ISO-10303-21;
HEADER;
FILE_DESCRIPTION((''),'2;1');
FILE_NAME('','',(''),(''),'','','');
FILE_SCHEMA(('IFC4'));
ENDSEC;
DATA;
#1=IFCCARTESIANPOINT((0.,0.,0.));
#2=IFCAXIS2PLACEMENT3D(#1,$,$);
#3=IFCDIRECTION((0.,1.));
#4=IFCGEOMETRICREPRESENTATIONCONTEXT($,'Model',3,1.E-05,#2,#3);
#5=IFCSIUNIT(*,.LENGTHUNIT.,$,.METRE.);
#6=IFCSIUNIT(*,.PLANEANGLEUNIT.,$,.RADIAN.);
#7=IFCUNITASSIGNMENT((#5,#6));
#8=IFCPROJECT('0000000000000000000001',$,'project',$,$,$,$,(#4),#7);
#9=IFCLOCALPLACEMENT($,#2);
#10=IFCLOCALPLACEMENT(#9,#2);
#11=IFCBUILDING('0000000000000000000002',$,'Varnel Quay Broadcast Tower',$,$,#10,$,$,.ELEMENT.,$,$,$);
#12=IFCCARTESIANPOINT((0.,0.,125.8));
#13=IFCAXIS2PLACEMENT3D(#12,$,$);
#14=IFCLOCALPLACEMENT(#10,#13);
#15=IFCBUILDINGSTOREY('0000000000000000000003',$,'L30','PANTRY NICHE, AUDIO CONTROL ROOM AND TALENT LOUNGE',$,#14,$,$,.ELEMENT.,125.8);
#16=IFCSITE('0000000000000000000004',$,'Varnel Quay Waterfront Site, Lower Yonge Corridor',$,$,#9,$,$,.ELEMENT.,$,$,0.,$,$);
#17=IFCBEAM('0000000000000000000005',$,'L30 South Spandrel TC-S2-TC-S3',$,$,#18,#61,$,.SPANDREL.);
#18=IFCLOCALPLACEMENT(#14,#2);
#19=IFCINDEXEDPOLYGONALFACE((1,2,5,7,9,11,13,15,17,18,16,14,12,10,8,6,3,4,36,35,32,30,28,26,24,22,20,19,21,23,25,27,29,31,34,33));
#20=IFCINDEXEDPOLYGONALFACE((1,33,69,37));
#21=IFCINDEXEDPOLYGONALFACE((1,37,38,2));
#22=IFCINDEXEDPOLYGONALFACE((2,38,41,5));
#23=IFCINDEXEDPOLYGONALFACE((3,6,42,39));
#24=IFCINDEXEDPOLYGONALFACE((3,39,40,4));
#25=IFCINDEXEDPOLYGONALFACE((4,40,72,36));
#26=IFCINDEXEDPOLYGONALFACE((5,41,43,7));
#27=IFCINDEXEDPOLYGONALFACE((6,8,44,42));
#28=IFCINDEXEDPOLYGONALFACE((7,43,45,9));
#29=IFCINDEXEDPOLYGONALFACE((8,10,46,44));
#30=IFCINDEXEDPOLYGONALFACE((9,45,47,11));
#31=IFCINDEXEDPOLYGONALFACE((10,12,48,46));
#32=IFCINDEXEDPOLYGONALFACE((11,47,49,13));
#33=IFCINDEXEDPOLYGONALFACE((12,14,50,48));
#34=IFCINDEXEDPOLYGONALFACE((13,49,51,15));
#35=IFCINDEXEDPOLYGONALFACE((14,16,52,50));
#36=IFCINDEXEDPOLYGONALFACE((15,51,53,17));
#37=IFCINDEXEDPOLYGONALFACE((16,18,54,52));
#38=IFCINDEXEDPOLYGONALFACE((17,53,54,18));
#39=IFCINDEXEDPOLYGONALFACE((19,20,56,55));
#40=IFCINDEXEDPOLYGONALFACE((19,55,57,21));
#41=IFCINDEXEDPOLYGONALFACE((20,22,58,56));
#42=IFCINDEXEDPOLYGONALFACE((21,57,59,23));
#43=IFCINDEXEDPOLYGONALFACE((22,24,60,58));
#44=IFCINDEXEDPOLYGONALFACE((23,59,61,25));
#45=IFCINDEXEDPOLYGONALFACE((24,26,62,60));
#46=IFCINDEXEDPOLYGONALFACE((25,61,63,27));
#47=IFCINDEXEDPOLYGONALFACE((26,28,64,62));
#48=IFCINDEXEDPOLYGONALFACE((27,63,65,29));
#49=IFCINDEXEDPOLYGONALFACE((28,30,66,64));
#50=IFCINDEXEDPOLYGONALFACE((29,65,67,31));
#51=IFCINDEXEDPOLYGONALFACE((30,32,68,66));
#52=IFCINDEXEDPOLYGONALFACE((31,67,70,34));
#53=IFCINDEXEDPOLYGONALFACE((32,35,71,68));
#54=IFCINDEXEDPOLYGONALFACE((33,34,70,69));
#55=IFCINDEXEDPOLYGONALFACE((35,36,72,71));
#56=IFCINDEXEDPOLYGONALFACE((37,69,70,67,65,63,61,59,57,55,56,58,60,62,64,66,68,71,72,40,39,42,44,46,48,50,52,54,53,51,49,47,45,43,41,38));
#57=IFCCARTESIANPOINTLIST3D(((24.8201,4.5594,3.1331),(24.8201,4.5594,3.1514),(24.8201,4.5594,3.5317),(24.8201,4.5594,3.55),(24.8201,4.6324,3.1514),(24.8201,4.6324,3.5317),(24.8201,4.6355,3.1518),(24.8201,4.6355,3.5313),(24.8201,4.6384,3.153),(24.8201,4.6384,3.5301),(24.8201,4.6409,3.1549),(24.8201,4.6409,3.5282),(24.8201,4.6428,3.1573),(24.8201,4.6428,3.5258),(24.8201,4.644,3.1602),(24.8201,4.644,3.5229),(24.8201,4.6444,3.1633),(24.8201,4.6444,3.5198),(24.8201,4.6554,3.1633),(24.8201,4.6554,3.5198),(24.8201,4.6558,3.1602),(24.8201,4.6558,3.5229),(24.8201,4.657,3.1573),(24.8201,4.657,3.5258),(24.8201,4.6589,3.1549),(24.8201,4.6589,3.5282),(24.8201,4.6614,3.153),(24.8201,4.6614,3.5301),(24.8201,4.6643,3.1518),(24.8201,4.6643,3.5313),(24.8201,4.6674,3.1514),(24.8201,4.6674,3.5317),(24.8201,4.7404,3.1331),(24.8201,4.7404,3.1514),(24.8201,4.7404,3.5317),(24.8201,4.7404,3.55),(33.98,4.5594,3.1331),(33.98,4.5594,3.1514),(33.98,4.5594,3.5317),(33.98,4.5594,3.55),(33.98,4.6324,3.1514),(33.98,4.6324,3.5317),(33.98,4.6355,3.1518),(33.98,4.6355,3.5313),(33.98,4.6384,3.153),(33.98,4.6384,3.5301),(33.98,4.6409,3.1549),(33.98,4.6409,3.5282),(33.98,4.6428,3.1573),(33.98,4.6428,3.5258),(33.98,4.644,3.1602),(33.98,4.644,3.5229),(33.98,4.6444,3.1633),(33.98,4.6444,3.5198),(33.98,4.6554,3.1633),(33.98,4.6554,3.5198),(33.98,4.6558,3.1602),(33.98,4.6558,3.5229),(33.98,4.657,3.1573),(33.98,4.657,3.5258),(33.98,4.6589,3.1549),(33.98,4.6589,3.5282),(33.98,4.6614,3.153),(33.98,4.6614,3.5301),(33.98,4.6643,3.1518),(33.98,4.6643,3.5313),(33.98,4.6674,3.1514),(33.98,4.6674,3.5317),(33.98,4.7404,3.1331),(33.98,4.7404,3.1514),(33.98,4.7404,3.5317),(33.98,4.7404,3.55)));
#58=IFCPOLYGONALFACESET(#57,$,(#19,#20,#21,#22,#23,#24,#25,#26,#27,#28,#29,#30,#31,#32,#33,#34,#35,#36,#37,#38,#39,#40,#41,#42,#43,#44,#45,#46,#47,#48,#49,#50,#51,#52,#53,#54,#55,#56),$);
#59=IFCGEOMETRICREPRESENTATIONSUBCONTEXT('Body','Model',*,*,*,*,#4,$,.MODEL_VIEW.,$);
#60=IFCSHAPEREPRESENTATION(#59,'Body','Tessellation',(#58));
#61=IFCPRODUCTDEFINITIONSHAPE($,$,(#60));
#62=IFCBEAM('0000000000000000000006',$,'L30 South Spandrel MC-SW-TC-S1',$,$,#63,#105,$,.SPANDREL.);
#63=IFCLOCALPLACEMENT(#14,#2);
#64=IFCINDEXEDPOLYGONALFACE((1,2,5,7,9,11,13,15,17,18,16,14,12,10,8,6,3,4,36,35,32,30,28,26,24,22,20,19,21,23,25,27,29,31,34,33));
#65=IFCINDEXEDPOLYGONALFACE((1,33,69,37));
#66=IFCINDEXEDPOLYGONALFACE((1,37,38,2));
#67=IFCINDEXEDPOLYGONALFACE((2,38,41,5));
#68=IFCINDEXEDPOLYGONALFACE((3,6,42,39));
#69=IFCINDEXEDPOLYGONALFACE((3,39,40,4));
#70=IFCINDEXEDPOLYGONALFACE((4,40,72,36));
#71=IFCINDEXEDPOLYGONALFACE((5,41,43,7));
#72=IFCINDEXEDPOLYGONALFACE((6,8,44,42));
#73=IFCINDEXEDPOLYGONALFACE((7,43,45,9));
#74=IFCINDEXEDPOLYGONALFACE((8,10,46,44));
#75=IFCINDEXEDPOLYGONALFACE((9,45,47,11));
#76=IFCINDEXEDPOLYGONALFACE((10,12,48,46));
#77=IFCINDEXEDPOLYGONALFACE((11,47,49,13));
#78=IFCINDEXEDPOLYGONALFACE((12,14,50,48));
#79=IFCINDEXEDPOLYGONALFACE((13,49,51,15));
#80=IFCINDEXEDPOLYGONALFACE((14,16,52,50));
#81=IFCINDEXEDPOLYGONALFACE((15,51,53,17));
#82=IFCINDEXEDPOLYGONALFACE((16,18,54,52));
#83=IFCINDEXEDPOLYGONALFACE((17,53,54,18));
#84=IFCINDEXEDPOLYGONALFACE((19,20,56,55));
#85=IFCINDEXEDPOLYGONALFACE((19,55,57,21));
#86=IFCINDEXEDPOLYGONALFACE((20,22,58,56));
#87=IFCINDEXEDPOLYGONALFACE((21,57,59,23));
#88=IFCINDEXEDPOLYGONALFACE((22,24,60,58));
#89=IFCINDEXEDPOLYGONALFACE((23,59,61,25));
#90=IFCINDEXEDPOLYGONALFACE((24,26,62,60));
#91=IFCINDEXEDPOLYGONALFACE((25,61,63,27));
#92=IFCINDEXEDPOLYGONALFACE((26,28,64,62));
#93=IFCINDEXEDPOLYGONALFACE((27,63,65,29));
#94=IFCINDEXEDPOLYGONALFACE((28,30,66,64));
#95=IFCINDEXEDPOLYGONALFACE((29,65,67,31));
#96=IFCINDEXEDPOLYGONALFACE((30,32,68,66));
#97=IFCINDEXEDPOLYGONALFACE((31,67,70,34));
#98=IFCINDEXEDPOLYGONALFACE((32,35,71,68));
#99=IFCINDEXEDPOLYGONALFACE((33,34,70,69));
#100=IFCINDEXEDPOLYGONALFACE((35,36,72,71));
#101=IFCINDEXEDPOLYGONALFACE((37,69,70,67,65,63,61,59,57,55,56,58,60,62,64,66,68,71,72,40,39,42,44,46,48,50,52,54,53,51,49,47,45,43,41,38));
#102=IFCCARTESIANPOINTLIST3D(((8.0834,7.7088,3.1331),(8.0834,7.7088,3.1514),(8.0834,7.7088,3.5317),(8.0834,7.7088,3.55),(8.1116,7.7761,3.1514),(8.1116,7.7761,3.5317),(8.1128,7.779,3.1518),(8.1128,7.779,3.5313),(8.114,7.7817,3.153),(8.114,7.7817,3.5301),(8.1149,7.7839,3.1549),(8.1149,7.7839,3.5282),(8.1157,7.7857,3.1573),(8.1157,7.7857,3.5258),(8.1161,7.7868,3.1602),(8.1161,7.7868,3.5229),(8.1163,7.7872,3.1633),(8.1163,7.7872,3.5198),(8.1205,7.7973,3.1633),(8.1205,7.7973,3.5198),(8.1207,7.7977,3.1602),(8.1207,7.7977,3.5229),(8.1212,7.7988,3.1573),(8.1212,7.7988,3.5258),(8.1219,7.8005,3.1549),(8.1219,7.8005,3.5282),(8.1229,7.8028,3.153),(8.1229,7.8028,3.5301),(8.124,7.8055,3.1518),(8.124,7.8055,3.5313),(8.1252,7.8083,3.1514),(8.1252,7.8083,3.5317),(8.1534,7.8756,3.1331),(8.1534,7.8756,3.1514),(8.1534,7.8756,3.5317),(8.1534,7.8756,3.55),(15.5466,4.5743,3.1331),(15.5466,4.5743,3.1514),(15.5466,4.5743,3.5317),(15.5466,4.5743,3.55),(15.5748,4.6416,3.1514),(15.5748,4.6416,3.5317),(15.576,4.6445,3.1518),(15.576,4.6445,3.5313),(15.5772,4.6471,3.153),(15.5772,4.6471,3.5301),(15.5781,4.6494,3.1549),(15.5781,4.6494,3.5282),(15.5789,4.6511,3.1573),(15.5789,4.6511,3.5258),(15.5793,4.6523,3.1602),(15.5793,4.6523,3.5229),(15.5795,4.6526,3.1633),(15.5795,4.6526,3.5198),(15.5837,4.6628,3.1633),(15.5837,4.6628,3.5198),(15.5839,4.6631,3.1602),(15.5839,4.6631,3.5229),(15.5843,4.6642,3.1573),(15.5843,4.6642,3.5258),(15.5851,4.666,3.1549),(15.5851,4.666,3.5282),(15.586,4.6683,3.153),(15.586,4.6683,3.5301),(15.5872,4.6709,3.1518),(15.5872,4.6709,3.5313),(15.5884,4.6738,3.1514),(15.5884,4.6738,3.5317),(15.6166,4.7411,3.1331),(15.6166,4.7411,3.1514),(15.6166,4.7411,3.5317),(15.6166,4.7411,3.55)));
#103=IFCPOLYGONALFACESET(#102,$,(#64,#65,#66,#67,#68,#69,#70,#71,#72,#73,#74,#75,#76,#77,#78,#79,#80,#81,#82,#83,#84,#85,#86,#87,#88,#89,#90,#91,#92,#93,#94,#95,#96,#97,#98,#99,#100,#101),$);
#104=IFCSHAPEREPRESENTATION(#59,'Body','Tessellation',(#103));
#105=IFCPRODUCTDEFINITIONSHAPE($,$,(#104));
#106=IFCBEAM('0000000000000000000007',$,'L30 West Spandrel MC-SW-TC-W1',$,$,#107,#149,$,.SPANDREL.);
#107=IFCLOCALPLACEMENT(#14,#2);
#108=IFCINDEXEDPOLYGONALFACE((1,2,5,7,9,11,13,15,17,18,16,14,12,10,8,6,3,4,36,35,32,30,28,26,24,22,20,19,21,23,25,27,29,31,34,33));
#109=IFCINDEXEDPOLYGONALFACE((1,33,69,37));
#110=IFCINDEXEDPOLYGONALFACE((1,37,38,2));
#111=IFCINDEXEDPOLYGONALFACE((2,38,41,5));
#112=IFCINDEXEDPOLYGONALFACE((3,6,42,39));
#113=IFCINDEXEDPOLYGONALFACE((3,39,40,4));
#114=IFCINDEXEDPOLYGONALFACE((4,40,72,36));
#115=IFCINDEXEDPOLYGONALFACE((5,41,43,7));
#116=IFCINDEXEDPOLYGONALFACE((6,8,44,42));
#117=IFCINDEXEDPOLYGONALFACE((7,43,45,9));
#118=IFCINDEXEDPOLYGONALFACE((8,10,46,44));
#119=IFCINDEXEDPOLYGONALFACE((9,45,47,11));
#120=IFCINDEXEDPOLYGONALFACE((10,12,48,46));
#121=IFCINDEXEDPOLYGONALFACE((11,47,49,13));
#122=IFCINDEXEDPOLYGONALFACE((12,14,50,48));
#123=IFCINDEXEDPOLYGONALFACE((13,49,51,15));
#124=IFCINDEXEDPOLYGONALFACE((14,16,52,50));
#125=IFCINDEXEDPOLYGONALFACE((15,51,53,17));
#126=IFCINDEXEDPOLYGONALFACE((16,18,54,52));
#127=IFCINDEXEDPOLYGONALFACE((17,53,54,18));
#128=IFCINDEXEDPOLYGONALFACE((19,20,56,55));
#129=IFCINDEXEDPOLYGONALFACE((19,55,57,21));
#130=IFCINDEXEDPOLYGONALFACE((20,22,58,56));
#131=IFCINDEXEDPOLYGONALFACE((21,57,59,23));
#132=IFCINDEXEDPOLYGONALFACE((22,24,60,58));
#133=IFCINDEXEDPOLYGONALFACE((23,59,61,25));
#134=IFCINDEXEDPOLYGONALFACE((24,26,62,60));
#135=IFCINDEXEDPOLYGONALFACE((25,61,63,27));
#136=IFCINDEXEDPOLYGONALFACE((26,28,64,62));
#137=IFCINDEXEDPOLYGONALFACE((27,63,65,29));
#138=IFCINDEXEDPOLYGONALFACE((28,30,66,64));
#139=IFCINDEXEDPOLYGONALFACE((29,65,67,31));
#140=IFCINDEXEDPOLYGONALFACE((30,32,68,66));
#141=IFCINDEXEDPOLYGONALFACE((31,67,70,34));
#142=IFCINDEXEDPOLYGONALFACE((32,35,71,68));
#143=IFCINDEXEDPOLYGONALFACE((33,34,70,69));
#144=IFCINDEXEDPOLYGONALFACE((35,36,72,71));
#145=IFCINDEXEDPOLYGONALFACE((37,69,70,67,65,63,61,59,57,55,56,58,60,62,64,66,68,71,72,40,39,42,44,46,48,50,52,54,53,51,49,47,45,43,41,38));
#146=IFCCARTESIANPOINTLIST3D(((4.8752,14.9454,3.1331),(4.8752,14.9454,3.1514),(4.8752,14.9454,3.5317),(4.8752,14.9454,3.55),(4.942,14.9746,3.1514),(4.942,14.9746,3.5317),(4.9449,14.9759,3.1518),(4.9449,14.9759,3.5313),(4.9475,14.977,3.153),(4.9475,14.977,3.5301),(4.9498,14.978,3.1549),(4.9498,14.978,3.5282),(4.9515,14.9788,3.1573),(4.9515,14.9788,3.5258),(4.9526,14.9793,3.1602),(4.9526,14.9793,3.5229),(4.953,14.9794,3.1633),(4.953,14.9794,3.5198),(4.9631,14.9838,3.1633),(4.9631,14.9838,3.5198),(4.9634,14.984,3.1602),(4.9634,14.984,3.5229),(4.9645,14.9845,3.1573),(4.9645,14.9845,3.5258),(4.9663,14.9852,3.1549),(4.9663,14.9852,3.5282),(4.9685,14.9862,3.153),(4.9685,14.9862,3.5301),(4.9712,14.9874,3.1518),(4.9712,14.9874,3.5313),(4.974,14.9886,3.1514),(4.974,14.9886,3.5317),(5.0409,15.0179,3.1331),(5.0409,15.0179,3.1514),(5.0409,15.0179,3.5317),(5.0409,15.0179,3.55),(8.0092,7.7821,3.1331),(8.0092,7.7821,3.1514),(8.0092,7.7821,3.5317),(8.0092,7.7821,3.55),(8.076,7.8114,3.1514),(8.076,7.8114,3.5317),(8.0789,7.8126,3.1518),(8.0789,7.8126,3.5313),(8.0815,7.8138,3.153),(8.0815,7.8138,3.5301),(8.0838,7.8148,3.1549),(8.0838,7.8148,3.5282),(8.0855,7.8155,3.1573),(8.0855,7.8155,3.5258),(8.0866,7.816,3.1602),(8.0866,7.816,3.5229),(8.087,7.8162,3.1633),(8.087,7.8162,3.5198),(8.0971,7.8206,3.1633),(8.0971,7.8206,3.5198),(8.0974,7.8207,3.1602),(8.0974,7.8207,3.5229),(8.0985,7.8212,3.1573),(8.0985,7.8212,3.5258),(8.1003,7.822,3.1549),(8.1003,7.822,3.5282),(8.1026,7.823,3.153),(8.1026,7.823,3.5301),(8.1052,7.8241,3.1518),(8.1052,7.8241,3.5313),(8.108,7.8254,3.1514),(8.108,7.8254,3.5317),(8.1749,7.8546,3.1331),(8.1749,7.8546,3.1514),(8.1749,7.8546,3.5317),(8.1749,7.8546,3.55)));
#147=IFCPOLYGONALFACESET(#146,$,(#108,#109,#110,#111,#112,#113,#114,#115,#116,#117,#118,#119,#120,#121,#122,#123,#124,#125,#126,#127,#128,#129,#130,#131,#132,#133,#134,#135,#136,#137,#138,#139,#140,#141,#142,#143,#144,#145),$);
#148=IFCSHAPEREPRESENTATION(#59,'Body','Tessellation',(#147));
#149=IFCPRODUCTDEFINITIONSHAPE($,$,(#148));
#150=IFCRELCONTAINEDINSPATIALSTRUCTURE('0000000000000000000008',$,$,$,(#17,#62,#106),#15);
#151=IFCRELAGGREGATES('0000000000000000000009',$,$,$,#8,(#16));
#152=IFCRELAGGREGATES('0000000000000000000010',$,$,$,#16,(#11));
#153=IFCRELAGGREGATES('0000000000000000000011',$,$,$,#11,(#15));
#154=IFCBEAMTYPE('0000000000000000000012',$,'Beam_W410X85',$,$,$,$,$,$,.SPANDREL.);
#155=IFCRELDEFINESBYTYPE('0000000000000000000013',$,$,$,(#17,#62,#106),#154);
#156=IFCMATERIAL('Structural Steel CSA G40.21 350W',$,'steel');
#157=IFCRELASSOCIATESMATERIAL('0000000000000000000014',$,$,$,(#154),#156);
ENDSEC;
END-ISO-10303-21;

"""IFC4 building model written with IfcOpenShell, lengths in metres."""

from ifc_helpers import new_model, si_unit, direction, frame, origin, origin_2d, place, context, subcontext, project, spatial, i_section, extrude, source, transform, mapped, material, material_profile, profile_set, type_object, type_shapes, element, save


model = new_model("IFC4")

# Units and contexts
model_context = context("Model", 3, precision=1e-05, world=origin(), true_north=direction((0.0, 1.0)))
body_context = subcontext(model_context, "Body", "Model", "MODEL_VIEW")
ifc_project = project(units=[si_unit("LENGTHUNIT", "METRE"), si_unit("PLANEANGLEUNIT", "RADIAN")], contexts=[model_context])

# Site, building, storey
site_placement = place(None, origin())
site = spatial("IfcSite", under=ifc_project, at=site_placement, Name="Varnel Quay Waterfront Site, Lower Yonge Corridor", CompositionType="ELEMENT", RefElevation=0.0)
building_placement = place(site_placement, origin())
building = spatial("IfcBuilding", under=site, at=building_placement, Name="Varnel Quay Broadcast Tower", CompositionType="ELEMENT")
storey_placement = place(building_placement, frame((0.0, 0.0, 125.8)))
storey = spatial("IfcBuildingStorey", under=building, at=storey_placement, Name="L30", Description="PANTRY NICHE, AUDIO CONTROL ROOM AND TALENT LOUNGE", CompositionType="ELEMENT", Elevation=125.8)

# Shared definitions
ifc_material_1 = material(Name="Structural Steel CSA G40.21 350W", Category="steel")

# Beams
ifc_material_profile_1 = material_profile(ifc_material_1, i_section(OverallWidth=0.1809, OverallDepth=0.417, WebThickness=0.011, FlangeThickness=0.0183, FilletRadius=0.012, at=origin_2d()), Name="W410X85")
ifc_profile_set_1 = profile_set([ifc_material_profile_1], Name="Structural Steel CSA G40.21 350W")
beam_type_1 = type_object("IfcBeamType", Name="Beam_W410X85", PredefinedType="SPANDREL", material=ifc_profile_set_1)
shared_shape_1 = source(origin(), body_context, "Body", "SweptSolid", [
    extrude(i_section(OverallWidth=0.1809, OverallDepth=0.417, WebThickness=0.011, FlangeThickness=0.0183, FilletRadius=0.012, at=origin_2d()), origin(), (0.0, 0.0, 1.0), 9.1599),
])
for number, where, z_axis, x_axis, name in (
    (1, (24.8201, 4.6499, 3.3416), (1.0, 0.0, 0.0), (0.0, 1.0, 0.0), "L30 South Spandrel TC-S2-TC-S3"),
):
    element("IfcBeam", number, at=place(storey_placement, frame(where, z_axis=z_axis, x_axis=x_axis)), inside=storey, type_object=beam_type_1, Name=name, PredefinedType="SPANDREL", context=body_context, shape_type="MappedRepresentation", body=[
        mapped(shared_shape_1, transform((0.0, 0.0, 0.0), x_axis=(1.0, 0.0, 0.0), y_axis=(0.0, 1.0, 0.0), z_axis=(0.0, 0.0, 1.0), scale=1.0)),
    ])
shared_shape_2 = source(origin(), body_context, "Body", "SweptSolid", [
    extrude(i_section(OverallWidth=0.1809, OverallDepth=0.417, WebThickness=0.011, FlangeThickness=0.0183, FilletRadius=0.012, at=origin_2d()), origin(), (0.0, 0.0, 1.0), 8.0947),
])
beam_1_placement = place(storey_placement, frame((8.1184, 7.7922, 3.3416), z_axis=(0.921982, -0.387233, 0.0), x_axis=(0.387233, 0.921982, 0.0)))
element("IfcBeam", 2, at=beam_1_placement, inside=storey, type_object=beam_type_1, Name="L30 South Spandrel MC-SW-TC-S1", PredefinedType="SPANDREL", context=body_context, shape_type="MappedRepresentation", body=[
    mapped(shared_shape_2, transform((0.0, 0.0, 0.0), x_axis=(1.0, 0.0, 0.0), y_axis=(0.0, 1.0, 0.0), z_axis=(0.0, 0.0, 1.0), scale=1.0)),
])
shared_shape_3 = source(origin(), body_context, "Body", "SweptSolid", [
    extrude(i_section(OverallWidth=0.1809, OverallDepth=0.417, WebThickness=0.011, FlangeThickness=0.0183, FilletRadius=0.012, at=origin_2d()), origin(), (0.0, 0.0, 1.0), 7.8188),
])
type_shapes(beam_type_1, [shared_shape_1, shared_shape_2, shared_shape_3])
beam_2_placement = place(storey_placement, frame((8.092, 7.8184, 3.3416), z_axis=(-0.400827, 0.916154, 0.0), x_axis=(-0.916154, -0.400827, 0.0)))
element("IfcBeam", 3, at=beam_2_placement, inside=storey, type_object=beam_type_1, Name="L30 West Spandrel MC-SW-TC-W1", PredefinedType="SPANDREL", context=body_context, shape_type="MappedRepresentation", body=[
    mapped(shared_shape_3, transform((0.0, 0.0, 0.0), x_axis=(1.0, 0.0, 0.0), y_axis=(0.0, 1.0, 0.0), z_axis=(0.0, 0.0, 1.0), scale=1.0)),
])

save(model, "model.ifc")
